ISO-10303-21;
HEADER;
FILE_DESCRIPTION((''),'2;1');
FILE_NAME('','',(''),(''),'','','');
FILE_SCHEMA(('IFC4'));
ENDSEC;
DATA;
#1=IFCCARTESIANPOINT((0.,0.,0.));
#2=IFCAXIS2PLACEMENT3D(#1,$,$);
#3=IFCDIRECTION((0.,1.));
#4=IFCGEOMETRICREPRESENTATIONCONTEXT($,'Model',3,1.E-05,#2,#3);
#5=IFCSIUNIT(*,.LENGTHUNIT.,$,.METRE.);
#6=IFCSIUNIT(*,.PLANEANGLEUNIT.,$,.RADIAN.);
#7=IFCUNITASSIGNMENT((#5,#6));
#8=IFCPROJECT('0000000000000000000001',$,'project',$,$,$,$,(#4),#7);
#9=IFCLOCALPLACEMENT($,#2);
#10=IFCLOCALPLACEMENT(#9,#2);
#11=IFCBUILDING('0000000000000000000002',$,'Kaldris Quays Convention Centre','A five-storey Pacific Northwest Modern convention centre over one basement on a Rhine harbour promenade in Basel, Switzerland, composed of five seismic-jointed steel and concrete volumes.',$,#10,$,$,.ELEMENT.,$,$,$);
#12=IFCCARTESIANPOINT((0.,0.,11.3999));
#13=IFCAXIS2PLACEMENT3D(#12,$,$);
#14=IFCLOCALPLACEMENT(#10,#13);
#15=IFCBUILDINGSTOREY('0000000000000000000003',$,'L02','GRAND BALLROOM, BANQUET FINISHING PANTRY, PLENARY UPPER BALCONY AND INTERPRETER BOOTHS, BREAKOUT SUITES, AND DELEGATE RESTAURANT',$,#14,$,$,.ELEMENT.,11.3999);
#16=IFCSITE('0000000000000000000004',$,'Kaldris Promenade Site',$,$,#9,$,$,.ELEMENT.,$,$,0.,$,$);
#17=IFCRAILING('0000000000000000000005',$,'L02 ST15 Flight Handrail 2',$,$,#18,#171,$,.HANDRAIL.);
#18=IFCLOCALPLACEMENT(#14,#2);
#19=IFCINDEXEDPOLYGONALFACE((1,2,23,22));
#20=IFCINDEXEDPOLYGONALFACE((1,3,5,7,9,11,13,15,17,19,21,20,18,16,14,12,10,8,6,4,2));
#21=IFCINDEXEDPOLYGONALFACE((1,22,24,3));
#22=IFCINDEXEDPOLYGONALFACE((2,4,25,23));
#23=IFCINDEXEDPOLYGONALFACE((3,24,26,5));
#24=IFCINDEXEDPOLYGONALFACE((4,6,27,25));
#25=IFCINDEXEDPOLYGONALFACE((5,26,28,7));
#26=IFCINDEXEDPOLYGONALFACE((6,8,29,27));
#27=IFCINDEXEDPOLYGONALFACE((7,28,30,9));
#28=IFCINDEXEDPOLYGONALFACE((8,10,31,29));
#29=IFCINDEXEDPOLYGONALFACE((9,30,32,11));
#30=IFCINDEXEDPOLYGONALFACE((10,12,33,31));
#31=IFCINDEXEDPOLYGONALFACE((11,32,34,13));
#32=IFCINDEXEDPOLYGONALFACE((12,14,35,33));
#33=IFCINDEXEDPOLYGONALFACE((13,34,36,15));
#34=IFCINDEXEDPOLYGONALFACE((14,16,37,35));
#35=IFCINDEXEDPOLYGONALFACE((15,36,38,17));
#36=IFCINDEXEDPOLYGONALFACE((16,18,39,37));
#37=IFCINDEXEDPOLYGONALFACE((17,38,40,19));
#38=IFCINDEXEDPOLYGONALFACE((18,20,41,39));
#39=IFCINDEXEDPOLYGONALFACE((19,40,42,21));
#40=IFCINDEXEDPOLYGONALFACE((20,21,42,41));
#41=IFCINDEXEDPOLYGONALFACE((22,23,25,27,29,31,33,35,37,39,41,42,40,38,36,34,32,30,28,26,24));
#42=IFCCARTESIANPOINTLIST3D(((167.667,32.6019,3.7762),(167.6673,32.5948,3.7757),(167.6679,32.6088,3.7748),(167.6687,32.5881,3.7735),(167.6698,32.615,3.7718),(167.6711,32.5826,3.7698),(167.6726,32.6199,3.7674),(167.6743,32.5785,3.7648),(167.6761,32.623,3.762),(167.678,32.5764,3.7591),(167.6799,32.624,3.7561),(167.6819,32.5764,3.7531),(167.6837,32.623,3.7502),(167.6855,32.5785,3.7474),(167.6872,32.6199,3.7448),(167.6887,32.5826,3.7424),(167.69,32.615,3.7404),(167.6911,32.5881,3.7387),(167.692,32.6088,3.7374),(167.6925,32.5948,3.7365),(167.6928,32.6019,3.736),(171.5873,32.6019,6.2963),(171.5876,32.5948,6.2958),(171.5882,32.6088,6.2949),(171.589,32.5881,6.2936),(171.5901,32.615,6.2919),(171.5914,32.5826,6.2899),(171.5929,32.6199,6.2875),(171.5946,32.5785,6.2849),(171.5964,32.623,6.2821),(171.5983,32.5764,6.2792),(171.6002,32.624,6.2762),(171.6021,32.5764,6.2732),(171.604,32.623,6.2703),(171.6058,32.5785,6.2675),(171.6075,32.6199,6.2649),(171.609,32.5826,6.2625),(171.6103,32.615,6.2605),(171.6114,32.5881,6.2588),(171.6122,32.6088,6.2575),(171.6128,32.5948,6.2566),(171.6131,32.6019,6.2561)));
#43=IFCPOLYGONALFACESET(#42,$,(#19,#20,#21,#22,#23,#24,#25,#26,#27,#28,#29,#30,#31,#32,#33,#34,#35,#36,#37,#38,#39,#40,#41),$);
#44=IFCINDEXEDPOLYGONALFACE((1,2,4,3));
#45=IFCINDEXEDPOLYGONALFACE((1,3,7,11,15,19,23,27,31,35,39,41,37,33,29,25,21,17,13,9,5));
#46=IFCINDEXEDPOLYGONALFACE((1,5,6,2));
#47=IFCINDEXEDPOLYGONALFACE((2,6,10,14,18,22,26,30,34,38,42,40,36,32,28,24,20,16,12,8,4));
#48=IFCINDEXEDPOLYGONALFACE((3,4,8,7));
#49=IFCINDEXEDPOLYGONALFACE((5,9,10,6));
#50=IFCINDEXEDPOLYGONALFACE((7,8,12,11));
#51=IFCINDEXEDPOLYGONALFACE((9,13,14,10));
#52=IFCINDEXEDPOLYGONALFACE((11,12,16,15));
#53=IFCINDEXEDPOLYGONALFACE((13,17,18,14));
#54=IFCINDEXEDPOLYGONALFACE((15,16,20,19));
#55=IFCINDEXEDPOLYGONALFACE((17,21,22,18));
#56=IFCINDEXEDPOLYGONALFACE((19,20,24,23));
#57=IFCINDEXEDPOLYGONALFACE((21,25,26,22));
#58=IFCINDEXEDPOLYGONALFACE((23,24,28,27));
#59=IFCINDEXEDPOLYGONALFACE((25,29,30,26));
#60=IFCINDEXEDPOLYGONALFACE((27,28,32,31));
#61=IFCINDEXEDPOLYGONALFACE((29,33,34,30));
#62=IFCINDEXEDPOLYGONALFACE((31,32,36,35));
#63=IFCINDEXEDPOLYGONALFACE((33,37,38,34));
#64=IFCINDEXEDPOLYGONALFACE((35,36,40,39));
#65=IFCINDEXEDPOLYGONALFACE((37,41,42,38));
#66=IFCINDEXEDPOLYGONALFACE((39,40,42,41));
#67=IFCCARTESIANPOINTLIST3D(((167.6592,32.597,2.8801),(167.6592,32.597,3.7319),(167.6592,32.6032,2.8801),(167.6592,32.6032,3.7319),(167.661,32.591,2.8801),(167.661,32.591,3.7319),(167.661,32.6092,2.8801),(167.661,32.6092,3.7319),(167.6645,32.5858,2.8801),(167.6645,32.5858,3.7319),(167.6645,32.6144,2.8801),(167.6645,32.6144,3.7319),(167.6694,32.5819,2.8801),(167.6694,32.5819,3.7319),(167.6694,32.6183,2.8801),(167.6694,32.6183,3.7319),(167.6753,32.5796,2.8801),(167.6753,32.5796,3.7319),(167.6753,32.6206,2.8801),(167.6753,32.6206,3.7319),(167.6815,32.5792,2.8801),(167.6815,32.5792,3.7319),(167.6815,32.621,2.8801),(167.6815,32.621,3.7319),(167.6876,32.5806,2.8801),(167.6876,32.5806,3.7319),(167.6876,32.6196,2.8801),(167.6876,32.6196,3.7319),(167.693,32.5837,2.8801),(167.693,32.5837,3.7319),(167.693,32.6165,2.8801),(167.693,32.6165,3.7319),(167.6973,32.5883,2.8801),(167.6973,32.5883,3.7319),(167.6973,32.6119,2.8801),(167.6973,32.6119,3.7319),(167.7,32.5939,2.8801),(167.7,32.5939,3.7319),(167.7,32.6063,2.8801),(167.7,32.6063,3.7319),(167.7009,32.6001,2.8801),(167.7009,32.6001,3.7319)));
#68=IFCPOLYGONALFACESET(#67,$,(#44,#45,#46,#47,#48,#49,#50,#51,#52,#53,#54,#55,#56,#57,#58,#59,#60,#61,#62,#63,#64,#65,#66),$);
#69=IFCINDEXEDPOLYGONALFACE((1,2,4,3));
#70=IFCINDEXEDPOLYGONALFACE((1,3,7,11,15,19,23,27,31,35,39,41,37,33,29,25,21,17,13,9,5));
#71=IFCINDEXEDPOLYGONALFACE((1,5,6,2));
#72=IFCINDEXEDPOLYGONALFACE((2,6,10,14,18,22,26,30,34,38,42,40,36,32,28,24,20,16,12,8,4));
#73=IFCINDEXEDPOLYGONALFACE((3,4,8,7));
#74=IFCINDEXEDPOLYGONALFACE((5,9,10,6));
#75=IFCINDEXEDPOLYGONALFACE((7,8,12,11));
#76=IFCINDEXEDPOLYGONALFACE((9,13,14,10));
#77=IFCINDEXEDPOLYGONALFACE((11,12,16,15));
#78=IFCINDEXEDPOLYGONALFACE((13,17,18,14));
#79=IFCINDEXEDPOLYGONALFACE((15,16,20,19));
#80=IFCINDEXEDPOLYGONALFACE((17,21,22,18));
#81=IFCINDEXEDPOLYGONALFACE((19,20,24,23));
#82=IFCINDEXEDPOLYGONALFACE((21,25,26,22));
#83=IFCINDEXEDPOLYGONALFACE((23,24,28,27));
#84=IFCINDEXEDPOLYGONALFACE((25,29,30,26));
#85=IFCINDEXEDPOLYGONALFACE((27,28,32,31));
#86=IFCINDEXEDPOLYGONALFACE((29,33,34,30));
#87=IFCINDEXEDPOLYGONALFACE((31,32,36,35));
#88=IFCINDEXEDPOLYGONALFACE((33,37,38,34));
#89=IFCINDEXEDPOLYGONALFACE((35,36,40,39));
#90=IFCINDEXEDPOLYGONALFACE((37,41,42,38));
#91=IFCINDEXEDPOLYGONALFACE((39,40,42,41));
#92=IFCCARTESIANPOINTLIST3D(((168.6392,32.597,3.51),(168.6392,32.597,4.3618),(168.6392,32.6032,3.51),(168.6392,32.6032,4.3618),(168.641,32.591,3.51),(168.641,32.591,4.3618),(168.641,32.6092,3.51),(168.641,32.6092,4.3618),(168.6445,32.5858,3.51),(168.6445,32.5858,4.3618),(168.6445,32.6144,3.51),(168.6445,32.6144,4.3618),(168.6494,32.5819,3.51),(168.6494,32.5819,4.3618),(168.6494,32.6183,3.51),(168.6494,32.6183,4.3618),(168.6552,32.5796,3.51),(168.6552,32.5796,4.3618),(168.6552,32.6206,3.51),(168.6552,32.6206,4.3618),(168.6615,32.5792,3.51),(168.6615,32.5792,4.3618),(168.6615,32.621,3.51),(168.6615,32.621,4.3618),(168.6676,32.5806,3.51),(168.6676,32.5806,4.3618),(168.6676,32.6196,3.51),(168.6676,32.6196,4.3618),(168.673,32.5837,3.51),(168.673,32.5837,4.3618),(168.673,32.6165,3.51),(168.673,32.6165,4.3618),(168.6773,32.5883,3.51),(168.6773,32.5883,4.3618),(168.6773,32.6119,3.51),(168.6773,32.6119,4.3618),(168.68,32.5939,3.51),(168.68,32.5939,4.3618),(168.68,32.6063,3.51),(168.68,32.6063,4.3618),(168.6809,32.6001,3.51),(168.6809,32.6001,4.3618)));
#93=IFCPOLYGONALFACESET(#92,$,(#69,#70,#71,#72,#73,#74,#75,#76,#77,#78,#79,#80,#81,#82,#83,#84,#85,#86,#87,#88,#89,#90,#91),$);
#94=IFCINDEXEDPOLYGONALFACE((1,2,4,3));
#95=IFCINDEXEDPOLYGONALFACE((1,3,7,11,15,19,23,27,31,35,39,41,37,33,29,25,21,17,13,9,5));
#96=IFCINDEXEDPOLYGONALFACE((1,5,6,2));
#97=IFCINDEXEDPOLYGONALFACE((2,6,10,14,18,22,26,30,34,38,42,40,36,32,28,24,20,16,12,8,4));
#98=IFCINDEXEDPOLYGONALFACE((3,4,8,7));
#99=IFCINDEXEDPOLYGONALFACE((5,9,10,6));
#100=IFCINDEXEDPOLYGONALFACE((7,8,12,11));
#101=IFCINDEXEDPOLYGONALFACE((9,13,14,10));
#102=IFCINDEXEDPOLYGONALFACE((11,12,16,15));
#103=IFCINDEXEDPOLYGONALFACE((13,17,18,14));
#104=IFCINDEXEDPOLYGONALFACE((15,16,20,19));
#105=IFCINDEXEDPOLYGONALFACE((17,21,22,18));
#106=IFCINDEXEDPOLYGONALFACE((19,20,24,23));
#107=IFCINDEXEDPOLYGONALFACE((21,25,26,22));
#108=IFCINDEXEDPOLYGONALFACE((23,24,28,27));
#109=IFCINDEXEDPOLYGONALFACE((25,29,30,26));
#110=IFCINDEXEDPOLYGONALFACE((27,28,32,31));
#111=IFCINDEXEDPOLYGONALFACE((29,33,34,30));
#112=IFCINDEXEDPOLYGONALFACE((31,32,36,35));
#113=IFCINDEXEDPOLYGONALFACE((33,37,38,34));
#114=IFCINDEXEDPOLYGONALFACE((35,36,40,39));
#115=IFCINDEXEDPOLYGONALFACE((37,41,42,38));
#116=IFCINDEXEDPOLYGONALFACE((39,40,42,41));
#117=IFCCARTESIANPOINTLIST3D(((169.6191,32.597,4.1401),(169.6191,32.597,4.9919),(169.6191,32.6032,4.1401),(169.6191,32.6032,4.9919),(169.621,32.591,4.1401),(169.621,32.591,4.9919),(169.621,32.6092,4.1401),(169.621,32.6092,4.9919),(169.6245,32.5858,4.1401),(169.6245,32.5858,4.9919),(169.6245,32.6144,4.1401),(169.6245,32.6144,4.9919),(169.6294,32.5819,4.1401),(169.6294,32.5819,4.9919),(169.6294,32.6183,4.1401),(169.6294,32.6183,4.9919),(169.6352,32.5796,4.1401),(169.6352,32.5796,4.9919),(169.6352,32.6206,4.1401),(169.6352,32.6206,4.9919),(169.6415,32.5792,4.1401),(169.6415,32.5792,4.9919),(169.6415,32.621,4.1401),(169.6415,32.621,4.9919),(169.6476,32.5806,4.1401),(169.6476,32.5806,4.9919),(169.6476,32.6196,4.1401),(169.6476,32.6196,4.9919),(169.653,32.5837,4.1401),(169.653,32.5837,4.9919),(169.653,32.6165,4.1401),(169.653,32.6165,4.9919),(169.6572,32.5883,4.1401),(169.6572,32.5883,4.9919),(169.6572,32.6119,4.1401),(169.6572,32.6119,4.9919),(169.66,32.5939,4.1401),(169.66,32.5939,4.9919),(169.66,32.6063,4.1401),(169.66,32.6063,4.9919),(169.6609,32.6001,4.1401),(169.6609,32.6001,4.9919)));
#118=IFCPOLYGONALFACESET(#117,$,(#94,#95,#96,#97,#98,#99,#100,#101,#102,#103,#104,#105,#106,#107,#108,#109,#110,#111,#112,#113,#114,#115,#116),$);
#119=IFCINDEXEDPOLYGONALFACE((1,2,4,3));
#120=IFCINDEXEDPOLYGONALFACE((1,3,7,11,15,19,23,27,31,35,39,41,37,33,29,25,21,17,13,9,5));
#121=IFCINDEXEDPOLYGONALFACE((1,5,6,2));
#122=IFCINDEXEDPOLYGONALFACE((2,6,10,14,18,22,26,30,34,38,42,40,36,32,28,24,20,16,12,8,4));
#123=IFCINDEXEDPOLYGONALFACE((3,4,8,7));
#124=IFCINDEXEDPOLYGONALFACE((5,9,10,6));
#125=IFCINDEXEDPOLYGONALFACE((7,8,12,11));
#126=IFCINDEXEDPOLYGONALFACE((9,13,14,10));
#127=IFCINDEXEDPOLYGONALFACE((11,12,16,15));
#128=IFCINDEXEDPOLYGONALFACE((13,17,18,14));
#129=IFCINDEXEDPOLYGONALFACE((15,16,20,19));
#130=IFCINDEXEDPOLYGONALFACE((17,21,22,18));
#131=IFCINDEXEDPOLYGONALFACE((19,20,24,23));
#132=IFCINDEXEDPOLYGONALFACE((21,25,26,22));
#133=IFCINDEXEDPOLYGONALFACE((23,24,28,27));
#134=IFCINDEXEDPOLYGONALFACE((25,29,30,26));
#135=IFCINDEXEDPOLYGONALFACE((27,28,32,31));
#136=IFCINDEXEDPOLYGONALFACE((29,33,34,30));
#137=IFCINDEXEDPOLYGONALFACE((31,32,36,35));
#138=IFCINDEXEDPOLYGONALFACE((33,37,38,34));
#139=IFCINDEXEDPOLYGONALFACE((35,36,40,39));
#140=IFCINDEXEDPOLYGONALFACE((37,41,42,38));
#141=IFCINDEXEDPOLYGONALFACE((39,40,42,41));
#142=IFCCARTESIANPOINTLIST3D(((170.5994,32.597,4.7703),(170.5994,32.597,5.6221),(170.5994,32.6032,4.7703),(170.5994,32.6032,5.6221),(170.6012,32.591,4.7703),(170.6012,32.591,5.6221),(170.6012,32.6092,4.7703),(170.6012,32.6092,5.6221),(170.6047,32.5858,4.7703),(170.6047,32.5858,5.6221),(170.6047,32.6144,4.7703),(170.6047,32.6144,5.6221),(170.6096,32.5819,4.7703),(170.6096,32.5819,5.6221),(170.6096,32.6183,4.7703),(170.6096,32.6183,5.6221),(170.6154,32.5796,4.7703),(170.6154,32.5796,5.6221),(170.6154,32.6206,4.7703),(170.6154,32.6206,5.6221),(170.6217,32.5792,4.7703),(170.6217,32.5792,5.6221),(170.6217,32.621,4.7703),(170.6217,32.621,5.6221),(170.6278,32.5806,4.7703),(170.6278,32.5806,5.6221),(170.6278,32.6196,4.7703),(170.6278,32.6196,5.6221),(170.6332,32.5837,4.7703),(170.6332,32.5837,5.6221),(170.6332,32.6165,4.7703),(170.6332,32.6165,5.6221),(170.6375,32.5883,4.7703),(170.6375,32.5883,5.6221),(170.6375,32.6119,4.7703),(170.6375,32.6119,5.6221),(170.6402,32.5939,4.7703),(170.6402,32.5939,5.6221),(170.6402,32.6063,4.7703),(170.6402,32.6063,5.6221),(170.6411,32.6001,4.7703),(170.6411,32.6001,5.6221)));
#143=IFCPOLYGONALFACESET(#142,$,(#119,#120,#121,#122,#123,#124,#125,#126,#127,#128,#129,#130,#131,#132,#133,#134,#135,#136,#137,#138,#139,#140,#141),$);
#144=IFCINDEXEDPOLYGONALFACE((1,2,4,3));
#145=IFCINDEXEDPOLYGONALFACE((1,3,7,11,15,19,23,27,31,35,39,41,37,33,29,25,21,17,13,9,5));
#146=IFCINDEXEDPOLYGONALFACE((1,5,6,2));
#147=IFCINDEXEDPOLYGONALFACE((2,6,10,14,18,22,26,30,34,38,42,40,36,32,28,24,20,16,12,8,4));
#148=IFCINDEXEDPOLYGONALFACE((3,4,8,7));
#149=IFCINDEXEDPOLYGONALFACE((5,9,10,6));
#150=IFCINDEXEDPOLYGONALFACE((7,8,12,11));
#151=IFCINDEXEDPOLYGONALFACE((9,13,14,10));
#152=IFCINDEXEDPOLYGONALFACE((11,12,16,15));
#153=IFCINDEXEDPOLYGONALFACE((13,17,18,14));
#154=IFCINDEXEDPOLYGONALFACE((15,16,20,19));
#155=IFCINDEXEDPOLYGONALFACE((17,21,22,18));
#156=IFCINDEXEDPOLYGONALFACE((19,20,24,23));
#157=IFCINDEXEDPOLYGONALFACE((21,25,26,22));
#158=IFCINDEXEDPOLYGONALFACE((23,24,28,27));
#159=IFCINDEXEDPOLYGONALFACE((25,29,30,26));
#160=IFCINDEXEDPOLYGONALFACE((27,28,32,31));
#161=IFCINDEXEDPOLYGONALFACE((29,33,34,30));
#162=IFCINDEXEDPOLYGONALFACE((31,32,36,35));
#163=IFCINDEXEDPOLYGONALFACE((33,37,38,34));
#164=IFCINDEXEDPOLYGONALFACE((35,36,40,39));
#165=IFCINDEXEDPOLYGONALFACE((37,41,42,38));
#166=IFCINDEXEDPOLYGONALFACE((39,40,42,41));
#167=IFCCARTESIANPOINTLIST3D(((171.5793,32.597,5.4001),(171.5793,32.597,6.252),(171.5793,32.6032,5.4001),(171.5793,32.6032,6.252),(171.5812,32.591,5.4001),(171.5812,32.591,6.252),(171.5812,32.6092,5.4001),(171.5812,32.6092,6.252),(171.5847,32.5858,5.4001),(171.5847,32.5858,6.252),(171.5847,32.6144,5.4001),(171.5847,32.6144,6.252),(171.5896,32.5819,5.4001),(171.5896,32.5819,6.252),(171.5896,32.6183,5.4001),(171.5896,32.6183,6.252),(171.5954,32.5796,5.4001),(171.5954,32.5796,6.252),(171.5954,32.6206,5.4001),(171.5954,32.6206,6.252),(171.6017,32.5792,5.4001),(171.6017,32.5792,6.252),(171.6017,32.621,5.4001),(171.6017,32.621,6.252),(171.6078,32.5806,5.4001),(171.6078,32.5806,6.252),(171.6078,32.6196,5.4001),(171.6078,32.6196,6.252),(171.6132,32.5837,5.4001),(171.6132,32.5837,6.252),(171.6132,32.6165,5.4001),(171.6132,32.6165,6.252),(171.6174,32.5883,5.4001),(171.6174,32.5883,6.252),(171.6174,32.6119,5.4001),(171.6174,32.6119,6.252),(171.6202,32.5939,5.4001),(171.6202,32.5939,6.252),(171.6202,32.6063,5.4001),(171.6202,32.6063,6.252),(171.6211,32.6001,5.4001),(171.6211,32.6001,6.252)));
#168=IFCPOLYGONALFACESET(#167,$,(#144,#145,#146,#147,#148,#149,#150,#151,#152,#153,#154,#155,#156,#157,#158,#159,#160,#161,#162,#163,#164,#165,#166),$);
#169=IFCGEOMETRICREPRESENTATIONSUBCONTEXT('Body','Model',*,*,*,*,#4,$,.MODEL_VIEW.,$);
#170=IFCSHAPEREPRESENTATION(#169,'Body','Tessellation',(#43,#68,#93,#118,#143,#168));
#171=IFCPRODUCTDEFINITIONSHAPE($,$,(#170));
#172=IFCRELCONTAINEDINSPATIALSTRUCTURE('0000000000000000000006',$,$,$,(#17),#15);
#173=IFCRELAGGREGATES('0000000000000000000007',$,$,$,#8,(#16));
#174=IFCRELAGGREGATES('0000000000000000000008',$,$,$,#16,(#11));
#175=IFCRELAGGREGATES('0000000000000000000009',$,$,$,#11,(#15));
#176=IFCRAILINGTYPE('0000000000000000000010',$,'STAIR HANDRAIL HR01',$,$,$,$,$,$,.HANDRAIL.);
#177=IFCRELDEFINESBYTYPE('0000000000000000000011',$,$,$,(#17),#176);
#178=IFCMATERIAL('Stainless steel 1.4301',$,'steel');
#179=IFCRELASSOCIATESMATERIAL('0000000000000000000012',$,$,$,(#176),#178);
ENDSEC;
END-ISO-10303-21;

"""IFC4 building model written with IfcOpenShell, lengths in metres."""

from ifc_helpers import new_model, si_unit, direction, frame, origin, origin_2d, place, context, subcontext, project, spatial, circle, extrude, material, type_object, element, save


model = new_model("IFC4")

# Units and contexts
model_context = context("Model", 3, precision=1e-05, world=origin(), true_north=direction((0.0, 1.0)))
body_context = subcontext(model_context, "Body", "Model", "MODEL_VIEW")
ifc_project = project(units=[si_unit("LENGTHUNIT", "METRE"), si_unit("PLANEANGLEUNIT", "RADIAN")], contexts=[model_context])

# Site, building, storey
site_placement = place(None, origin())
site = spatial("IfcSite", under=ifc_project, at=site_placement, Name="Kaldris Promenade Site", CompositionType="ELEMENT", RefElevation=0.0)
building_placement = place(site_placement, origin())
building = spatial("IfcBuilding", under=site, at=building_placement, Name="Kaldris Quays Convention Centre", Description="A five-storey Pacific Northwest Modern convention centre over one basement on a Rhine harbour promenade in Basel, Switzerland, composed of five seismic-jointed steel and concrete volumes.", CompositionType="ELEMENT")
storey_placement = place(building_placement, frame((0.0, 0.0, 11.3999)))
storey = spatial("IfcBuildingStorey", under=building, at=storey_placement, Name="L02", Description="GRAND BALLROOM, BANQUET FINISHING PANTRY, PLENARY UPPER BALCONY AND INTERPRETER BOOTHS, BREAKOUT SUITES, AND DELEGATE RESTAURANT", CompositionType="ELEMENT", Elevation=11.3999)

# Railing
ifc_material_1 = material(Name="Stainless steel 1.4301", Category="steel")
railing_type_1 = type_object("IfcRailingType", Name="STAIR HANDRAIL HR01", PredefinedType="HANDRAIL", material=ifc_material_1)
railing_1_placement = place(storey_placement, frame((167.6799, 32.6001, 2.8801)))
element("IfcRailing", 1, at=railing_1_placement, inside=storey, type_object=railing_type_1, Name="L02 ST15 Flight Handrail 2", PredefinedType="HANDRAIL", context=body_context, shape_type="SweptSolid", body=[
    extrude(circle(Radius=0.0239, at=origin_2d()), frame((0.0, 0.0, 0.876), z_axis=(0.841187, 0.0, 0.540744), x_axis=(0.0, 1.0, 0.0)), (0.0, 0.0, 1.0), 4.6604),
    extrude(circle(Radius=0.021, at=origin_2d()), origin(), (0.0, 0.0, 1.0), 0.8518),
    extrude(circle(Radius=0.021, at=origin_2d()), frame((0.98, 0.0, 0.6299)), (0.0, 0.0, 1.0), 0.8518),
    extrude(circle(Radius=0.021, at=origin_2d()), frame((1.96, 0.0, 1.26)), (0.0, 0.0, 1.0), 0.8518),
    extrude(circle(Radius=0.021, at=origin_2d()), frame((2.9402, 0.0, 1.8901)), (0.0, 0.0, 1.0), 0.8518),
    extrude(circle(Radius=0.021, at=origin_2d()), frame((3.9202, 0.0, 2.52)), (0.0, 0.0, 1.0), 0.8518),
])

save(model, "model.ifc")
